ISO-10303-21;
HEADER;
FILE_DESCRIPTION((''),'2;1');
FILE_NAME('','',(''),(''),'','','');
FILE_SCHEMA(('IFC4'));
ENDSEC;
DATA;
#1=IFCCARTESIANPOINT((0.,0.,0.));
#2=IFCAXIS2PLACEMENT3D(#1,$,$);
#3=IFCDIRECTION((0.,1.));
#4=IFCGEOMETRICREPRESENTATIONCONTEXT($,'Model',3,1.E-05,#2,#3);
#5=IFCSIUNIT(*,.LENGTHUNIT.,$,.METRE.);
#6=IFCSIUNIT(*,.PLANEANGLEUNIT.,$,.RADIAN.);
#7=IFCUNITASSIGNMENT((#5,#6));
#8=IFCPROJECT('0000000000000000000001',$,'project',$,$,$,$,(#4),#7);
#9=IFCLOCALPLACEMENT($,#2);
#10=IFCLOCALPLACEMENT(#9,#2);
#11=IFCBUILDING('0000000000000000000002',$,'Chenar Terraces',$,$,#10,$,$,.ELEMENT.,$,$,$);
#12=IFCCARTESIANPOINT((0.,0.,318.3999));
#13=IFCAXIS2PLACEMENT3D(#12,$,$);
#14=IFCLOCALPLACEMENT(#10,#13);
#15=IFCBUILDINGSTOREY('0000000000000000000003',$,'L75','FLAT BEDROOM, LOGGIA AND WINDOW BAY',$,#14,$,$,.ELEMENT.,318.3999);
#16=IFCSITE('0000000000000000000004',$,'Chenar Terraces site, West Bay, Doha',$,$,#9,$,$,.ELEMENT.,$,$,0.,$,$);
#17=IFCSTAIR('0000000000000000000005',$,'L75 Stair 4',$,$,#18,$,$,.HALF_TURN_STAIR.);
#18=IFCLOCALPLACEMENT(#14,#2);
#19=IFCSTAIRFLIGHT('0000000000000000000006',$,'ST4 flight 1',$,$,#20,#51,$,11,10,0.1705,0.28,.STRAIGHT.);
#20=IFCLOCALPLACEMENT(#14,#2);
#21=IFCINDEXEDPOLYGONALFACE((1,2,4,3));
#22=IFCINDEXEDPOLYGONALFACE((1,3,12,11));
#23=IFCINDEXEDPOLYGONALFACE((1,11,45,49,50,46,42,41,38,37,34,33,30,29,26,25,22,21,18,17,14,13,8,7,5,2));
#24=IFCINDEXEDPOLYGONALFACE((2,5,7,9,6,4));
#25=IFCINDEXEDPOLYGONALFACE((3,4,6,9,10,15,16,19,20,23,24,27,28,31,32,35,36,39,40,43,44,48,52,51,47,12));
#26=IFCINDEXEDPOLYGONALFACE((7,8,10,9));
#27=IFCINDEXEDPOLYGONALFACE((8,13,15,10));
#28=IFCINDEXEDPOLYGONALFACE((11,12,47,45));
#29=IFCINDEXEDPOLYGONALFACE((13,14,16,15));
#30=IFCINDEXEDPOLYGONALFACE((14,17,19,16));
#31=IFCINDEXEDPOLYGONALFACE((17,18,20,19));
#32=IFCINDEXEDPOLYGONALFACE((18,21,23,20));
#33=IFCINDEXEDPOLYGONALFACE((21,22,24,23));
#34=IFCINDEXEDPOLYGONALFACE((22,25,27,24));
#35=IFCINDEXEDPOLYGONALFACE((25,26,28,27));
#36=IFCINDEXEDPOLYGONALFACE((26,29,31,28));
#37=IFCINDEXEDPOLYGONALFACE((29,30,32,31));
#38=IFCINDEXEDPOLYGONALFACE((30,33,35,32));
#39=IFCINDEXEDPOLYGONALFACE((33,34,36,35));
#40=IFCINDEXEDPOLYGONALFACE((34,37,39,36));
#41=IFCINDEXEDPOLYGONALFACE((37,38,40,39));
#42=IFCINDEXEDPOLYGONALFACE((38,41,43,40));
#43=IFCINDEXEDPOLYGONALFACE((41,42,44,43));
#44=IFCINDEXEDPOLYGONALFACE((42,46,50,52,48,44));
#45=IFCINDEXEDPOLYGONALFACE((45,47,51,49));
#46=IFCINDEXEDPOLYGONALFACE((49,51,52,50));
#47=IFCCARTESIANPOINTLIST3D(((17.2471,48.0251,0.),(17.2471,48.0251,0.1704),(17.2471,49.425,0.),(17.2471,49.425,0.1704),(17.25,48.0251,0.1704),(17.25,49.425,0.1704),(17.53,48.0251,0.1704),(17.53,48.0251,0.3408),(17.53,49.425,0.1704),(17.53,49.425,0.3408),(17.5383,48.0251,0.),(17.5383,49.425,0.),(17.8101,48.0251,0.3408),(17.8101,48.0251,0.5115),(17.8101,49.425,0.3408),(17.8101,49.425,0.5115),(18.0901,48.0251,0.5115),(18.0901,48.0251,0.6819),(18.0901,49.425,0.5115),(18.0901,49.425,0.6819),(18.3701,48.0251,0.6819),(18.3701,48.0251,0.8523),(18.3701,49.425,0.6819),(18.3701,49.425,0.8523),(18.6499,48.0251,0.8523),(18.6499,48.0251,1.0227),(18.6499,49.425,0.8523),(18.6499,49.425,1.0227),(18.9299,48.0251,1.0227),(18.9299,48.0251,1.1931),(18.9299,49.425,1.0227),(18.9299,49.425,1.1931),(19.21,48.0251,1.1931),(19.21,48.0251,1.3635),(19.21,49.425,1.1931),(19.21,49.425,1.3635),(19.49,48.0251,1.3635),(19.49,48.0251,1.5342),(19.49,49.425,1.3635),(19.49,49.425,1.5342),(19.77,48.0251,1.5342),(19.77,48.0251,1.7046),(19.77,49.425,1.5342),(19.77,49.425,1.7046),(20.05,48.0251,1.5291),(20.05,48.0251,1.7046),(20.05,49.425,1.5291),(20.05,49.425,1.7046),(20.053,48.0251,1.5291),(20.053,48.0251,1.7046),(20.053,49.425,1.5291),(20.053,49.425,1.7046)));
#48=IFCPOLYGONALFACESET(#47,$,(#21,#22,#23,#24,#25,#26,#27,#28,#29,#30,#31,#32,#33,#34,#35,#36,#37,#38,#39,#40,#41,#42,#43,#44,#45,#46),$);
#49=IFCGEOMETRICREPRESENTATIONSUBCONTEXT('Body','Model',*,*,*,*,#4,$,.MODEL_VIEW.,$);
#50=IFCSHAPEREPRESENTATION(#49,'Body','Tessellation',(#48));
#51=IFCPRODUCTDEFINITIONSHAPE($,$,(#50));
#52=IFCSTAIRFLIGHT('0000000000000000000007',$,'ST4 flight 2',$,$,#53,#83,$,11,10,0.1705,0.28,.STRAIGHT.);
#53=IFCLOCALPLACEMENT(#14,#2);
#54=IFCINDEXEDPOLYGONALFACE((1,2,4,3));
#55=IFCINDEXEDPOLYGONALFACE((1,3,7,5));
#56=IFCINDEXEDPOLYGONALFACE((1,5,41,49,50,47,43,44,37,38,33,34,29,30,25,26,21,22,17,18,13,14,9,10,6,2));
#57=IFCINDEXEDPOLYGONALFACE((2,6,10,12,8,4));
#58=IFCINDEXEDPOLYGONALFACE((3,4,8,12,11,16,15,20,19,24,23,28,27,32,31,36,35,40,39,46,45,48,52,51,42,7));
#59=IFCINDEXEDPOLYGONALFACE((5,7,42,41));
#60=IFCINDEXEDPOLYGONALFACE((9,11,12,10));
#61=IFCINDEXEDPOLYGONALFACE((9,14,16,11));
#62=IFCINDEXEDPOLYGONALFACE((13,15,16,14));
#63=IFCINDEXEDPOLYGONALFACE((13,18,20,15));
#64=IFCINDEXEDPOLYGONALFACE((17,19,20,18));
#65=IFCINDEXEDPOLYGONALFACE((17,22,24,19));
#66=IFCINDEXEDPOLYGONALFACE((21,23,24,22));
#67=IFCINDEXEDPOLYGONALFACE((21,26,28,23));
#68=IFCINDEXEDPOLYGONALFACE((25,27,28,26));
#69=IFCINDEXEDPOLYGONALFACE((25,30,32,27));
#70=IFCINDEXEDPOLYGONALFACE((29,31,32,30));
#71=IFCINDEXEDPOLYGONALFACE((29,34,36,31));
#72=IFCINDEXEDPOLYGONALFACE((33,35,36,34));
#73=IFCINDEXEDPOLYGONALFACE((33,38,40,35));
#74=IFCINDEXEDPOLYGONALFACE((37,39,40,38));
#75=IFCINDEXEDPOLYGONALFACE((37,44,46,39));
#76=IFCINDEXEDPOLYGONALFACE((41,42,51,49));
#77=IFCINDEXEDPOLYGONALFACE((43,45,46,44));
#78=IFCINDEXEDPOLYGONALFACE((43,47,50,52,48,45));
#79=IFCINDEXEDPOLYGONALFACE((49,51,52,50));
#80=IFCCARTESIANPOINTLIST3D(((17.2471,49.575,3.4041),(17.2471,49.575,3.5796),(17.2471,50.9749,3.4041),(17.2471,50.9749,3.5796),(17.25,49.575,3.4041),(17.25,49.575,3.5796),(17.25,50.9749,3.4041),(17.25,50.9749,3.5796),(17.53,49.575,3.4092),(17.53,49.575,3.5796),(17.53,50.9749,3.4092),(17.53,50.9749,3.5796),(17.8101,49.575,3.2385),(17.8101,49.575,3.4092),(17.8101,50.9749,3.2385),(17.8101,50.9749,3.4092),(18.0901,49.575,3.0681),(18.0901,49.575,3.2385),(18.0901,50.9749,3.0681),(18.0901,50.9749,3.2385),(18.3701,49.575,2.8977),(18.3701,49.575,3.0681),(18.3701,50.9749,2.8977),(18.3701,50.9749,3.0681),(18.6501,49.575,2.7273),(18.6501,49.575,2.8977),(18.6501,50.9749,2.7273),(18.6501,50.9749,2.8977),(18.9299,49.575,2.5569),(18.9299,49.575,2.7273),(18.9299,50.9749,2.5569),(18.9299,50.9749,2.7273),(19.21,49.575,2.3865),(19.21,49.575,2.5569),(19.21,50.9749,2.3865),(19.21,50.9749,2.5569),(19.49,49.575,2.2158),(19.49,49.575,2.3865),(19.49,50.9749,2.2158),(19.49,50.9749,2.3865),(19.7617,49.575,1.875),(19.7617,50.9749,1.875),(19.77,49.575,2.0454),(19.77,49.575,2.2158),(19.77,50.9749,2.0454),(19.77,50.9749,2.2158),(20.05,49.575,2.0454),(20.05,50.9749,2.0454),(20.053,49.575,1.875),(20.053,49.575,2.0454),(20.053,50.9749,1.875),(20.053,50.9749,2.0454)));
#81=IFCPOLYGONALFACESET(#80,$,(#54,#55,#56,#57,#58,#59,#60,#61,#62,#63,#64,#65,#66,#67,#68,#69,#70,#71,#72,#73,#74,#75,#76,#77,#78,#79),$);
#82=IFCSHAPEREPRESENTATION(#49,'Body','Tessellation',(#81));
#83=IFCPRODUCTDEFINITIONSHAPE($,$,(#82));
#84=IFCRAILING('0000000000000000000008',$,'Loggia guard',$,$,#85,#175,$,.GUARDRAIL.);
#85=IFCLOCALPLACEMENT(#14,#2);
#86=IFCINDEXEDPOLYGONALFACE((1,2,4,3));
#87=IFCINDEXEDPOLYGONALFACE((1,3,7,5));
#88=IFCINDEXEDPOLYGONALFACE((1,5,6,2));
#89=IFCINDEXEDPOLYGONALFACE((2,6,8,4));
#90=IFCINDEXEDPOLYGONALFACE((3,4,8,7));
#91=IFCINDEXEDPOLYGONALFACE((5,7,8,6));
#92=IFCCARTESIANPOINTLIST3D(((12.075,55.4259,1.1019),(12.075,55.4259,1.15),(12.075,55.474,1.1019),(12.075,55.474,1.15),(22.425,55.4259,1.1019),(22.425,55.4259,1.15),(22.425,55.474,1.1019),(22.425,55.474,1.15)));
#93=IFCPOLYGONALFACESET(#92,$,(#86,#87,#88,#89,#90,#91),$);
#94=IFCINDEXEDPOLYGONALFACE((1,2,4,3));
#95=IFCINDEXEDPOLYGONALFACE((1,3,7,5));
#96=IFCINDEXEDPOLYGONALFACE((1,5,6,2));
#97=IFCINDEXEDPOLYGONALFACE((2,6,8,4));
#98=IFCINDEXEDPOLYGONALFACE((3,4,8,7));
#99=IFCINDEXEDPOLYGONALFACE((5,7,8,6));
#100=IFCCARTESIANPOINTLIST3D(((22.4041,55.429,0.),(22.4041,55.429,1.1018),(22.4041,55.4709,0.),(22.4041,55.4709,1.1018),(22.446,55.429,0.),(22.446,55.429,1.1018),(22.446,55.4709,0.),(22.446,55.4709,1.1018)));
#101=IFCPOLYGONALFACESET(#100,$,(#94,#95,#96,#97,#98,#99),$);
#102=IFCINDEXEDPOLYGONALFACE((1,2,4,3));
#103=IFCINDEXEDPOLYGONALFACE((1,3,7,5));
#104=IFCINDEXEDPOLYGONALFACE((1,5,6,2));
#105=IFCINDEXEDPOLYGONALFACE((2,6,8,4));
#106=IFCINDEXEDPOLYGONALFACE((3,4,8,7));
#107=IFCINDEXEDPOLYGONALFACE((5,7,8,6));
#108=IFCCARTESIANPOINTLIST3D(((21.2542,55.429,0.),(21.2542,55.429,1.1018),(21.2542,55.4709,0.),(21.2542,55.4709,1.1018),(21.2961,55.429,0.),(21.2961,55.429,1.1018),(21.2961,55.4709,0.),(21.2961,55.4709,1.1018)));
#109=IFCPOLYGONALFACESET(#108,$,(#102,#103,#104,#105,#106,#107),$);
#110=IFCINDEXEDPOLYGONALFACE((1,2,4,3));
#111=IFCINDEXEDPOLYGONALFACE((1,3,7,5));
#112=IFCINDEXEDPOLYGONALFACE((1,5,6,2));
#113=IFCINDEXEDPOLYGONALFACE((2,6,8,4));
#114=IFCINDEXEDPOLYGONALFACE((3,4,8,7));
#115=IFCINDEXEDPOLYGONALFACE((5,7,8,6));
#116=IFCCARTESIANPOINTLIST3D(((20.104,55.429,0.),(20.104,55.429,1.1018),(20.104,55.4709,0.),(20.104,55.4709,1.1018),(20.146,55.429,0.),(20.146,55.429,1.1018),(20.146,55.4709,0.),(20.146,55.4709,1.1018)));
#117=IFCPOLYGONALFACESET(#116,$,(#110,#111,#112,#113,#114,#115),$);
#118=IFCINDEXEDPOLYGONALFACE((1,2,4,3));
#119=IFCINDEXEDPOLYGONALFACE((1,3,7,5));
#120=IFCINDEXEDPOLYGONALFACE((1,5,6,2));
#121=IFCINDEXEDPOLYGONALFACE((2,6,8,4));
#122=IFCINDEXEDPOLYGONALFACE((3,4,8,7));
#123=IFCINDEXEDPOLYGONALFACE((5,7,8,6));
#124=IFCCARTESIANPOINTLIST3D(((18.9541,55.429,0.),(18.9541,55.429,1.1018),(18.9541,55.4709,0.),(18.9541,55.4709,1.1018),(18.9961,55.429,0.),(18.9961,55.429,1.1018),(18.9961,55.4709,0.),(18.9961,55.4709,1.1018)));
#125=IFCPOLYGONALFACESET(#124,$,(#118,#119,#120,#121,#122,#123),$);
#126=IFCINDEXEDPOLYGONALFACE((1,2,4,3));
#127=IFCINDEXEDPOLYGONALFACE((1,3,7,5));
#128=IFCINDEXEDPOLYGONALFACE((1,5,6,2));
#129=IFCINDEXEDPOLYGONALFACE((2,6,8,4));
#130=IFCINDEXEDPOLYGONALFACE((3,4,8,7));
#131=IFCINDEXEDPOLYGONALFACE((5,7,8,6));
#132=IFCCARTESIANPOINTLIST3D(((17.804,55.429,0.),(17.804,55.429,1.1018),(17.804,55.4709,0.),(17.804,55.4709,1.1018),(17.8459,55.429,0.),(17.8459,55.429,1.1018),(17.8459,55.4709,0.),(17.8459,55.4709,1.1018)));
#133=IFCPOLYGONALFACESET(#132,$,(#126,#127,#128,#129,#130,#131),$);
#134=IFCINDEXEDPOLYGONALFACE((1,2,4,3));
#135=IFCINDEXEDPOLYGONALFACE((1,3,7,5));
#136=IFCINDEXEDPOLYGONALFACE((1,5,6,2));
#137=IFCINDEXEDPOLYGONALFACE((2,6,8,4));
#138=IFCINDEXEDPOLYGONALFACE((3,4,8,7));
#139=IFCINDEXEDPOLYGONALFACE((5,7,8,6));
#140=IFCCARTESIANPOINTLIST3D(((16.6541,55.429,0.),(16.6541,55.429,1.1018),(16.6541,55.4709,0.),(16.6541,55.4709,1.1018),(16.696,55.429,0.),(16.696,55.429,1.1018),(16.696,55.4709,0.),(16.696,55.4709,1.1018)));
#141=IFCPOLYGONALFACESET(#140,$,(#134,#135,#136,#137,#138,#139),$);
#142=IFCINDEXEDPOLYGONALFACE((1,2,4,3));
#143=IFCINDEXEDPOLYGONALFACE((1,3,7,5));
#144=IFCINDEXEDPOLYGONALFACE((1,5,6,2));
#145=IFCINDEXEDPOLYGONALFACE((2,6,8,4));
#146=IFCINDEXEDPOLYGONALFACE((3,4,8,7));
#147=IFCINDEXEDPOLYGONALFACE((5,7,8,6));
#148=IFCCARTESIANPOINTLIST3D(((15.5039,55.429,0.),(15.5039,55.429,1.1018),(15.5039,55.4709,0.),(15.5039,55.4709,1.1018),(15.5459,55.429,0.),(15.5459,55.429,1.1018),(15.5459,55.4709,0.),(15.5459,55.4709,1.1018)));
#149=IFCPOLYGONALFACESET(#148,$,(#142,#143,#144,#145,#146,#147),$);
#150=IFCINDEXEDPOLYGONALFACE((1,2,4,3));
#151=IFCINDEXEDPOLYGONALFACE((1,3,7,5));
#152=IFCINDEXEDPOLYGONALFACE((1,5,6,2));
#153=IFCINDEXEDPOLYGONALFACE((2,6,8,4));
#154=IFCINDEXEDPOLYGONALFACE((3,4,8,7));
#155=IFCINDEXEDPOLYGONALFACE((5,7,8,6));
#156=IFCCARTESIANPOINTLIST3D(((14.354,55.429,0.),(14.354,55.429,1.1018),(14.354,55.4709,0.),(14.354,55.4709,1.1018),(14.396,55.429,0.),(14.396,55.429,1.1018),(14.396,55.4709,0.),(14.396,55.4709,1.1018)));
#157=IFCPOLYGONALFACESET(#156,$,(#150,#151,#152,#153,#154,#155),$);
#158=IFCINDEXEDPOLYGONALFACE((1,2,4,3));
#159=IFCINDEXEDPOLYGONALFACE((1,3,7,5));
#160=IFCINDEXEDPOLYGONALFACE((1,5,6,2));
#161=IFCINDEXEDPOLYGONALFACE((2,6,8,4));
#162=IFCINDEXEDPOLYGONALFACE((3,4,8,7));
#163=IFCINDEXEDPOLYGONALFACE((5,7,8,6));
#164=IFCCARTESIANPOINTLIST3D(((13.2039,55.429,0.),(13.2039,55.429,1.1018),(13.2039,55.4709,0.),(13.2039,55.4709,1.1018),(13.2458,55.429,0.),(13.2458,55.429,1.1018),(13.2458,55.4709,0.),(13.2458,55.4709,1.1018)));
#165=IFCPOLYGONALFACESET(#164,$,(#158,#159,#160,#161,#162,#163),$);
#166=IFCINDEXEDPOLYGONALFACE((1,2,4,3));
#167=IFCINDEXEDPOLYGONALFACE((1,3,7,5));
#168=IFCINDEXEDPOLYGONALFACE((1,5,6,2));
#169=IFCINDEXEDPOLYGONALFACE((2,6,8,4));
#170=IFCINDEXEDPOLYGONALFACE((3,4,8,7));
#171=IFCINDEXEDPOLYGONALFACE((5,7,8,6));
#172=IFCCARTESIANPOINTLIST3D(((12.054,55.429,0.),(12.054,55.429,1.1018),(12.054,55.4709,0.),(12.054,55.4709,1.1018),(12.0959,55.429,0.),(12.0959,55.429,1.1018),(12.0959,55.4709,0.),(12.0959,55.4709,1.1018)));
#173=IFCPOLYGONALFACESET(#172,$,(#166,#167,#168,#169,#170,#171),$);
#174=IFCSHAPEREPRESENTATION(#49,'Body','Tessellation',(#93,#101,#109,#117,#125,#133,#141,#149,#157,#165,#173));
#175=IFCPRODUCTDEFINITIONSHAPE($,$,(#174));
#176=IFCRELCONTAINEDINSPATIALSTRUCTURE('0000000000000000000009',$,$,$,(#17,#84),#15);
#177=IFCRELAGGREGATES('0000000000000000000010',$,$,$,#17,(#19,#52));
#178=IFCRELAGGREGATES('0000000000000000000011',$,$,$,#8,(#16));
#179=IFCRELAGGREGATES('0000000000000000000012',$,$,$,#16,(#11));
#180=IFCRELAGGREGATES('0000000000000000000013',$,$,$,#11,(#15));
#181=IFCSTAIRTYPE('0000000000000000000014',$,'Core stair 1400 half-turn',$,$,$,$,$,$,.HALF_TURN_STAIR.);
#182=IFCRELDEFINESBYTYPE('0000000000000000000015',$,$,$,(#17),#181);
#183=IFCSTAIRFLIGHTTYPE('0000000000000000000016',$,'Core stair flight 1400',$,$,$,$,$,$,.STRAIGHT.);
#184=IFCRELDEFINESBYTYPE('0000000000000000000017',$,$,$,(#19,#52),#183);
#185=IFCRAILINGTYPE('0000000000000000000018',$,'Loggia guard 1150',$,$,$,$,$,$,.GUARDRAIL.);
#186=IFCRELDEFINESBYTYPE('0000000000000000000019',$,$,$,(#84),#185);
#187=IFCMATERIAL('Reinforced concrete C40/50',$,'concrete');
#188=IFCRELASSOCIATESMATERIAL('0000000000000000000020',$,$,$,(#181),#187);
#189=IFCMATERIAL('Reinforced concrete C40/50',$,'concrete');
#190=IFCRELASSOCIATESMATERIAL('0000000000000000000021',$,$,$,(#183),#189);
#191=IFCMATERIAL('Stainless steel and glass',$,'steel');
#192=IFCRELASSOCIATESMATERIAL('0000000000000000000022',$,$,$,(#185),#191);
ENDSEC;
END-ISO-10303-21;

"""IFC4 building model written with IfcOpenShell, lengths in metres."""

from ifc_helpers import new_model, si_unit, direction, frame, origin, origin_2d, place, context, subcontext, project, spatial, polyline, rectangle, outline, extrude, material, type_object, element, aggregate, save


model = new_model("IFC4")

# Units and contexts
model_context = context("Model", 3, precision=1e-05, world=origin(), true_north=direction((0.0, 1.0)))
body_context = subcontext(model_context, "Body", "Model", "MODEL_VIEW")
ifc_project = project(units=[si_unit("LENGTHUNIT", "METRE"), si_unit("PLANEANGLEUNIT", "RADIAN")], contexts=[model_context])

# Site, building, storey
site_placement = place(None, origin())
site = spatial("IfcSite", under=ifc_project, at=site_placement, Name="Chenar Terraces site, West Bay, Doha", CompositionType="ELEMENT", RefElevation=0.0)
building_placement = place(site_placement, origin())
building = spatial("IfcBuilding", under=site, at=building_placement, Name="Chenar Terraces", CompositionType="ELEMENT")
storey_placement = place(building_placement, frame((0.0, 0.0, 318.3999)))
storey = spatial("IfcBuildingStorey", under=building, at=storey_placement, Name="L75", Description="FLAT BEDROOM, LOGGIA AND WINDOW BAY", CompositionType="ELEMENT", Elevation=318.3999)

# Stair, stair flights
ifc_material_1 = material(Name="Reinforced concrete C40/50", Category="concrete")
stair_type = type_object("IfcStairType", Name="Core stair 1400 half-turn", PredefinedType="HALF_TURN_STAIR", material=ifc_material_1)
stair_placement = place(storey_placement, origin())
stair = element("IfcStair", 1, at=stair_placement, inside=storey, type_object=stair_type, Name="L75 Stair 4", PredefinedType="HALF_TURN_STAIR")
ifc_material_2 = material(Name="Reinforced concrete C40/50", Category="concrete")
stair_flight_type = type_object("IfcStairFlightType", Name="Core stair flight 1400", PredefinedType="STRAIGHT", material=ifc_material_2)
stair_flight_1_placement = place(storey_placement, frame((17.25, 48.7251, 0.0), z_axis=(0.0, 0.0, 1.0), x_axis=(1.0, 0.0, 0.0)))
stair_flight_1 = element("IfcStairFlight", 2, at=stair_flight_1_placement, type_object=stair_flight_type, Name="ST4 flight 1", NumberOfRisers=11, NumberOfTreads=10, PredefinedType="STRAIGHT", RiserHeight=0.1705, TreadLength=0.28, context=body_context, shape_type="SweptSolid", body=[
    extrude(outline(polyline([(-0.0029, 0.0), (-0.0029, 0.1704), (0.0, 0.1704), (0.28, 0.1704), (0.28, 0.3408), (0.5601, 0.3408), (0.5601, 0.5115), (0.8401, 0.5115), (0.8401, 0.6819), (1.1201, 0.6819), (1.1201, 0.8523), (1.3999, 0.8523), (1.3999, 1.0227), (1.6799, 1.0227), (1.6799, 1.1931), (1.96, 1.1931), (1.96, 1.3635), (2.24, 1.3635), (2.24, 1.5342), (2.52, 1.5342), (2.52, 1.7046), (2.8, 1.7046), (2.803, 1.7046), (2.803, 1.5291), (2.8, 1.5291), (0.2883, 0.0), (-0.0029, 0.0)])), frame((0.0, 0.7, 0.0), z_axis=(0.0, -1.0, 0.0), x_axis=(1.0, 0.0, 0.0)), (0.0, 0.0, 1.0), 1.3999),
])
stair_flight_2_placement = place(storey_placement, frame((20.05, 50.2749, 1.875), z_axis=(0.0, 0.0, 1.0), x_axis=(-1.0, 0.0, 0.0)))
stair_flight_2 = element("IfcStairFlight", 3, at=stair_flight_2_placement, type_object=stair_flight_type, Name="ST4 flight 2", NumberOfRisers=11, NumberOfTreads=10, PredefinedType="STRAIGHT", RiserHeight=0.1705, TreadLength=0.28, context=body_context, shape_type="SweptSolid", body=[
    extrude(outline(polyline([(-0.0029, 0.0), (-0.0029, 0.1704), (0.0, 0.1704), (0.28, 0.1704), (0.28, 0.3408), (0.5601, 0.3408), (0.5601, 0.5115), (0.8401, 0.5115), (0.8401, 0.6819), (1.1201, 0.6819), (1.1201, 0.8523), (1.3999, 0.8523), (1.3999, 1.0227), (1.6799, 1.0227), (1.6799, 1.1931), (1.96, 1.1931), (1.96, 1.3635), (2.24, 1.3635), (2.24, 1.5342), (2.52, 1.5342), (2.52, 1.7046), (2.8, 1.7046), (2.803, 1.7046), (2.803, 1.5291), (2.8, 1.5291), (0.2883, 0.0), (-0.0029, 0.0)])), frame((0.0, 0.7, 0.0), z_axis=(0.0, -1.0, 0.0), x_axis=(1.0, 0.0, 0.0)), (0.0, 0.0, 1.0), 1.3999),
])
aggregate(stair, [stair_flight_1, stair_flight_2])

# Railing
ifc_material_3 = material(Name="Stainless steel and glass", Category="steel")
railing_type_1 = type_object("IfcRailingType", Name="Loggia guard 1150", PredefinedType="GUARDRAIL", material=ifc_material_3)
railing_1_placement = place(storey_placement, frame((22.425, 55.45, 0.0)))
element("IfcRailing", 4, at=railing_1_placement, inside=storey, type_object=railing_type_1, Name="Loggia guard", PredefinedType="GUARDRAIL", context=body_context, shape_type="SweptSolid", body=[
    extrude(rectangle(XDim=0.0481, YDim=0.0481, at=origin_2d()), frame((0.0, 0.0, 1.126), z_axis=(-1.0, 0.0, 0.0), x_axis=(0.0, -1.0, 0.0)), (0.0, 0.0, 1.0), 10.3501),
    extrude(rectangle(XDim=0.042, YDim=0.042, at=origin_2d()), origin(), (0.0, 0.0, 1.0), 1.1018),
    extrude(rectangle(XDim=0.042, YDim=0.042, at=origin_2d()), frame((-1.1499, 0.0, 0.0)), (0.0, 0.0, 1.0), 1.1018),
    extrude(rectangle(XDim=0.042, YDim=0.042, at=origin_2d()), frame((-2.3, 0.0, 0.0)), (0.0, 0.0, 1.0), 1.1018),
    extrude(rectangle(XDim=0.042, YDim=0.042, at=origin_2d()), frame((-3.45, 0.0, 0.0)), (0.0, 0.0, 1.0), 1.1018),
    extrude(rectangle(XDim=0.042, YDim=0.042, at=origin_2d()), frame((-4.6001, 0.0, 0.0)), (0.0, 0.0, 1.0), 1.1018),
    extrude(rectangle(XDim=0.042, YDim=0.042, at=origin_2d()), frame((-5.75, 0.0, 0.0)), (0.0, 0.0, 1.0), 1.1018),
    extrude(rectangle(XDim=0.042, YDim=0.042, at=origin_2d()), frame((-6.9001, 0.0, 0.0)), (0.0, 0.0, 1.0), 1.1018),
    extrude(rectangle(XDim=0.042, YDim=0.042, at=origin_2d()), frame((-8.05, 0.0, 0.0)), (0.0, 0.0, 1.0), 1.1018),
    extrude(rectangle(XDim=0.042, YDim=0.042, at=origin_2d()), frame((-9.2002, 0.0, 0.0)), (0.0, 0.0, 1.0), 1.1018),
    extrude(rectangle(XDim=0.042, YDim=0.042, at=origin_2d()), frame((-10.3501, 0.0, 0.0)), (0.0, 0.0, 1.0), 1.1018),
])

save(model, "model.ifc")
